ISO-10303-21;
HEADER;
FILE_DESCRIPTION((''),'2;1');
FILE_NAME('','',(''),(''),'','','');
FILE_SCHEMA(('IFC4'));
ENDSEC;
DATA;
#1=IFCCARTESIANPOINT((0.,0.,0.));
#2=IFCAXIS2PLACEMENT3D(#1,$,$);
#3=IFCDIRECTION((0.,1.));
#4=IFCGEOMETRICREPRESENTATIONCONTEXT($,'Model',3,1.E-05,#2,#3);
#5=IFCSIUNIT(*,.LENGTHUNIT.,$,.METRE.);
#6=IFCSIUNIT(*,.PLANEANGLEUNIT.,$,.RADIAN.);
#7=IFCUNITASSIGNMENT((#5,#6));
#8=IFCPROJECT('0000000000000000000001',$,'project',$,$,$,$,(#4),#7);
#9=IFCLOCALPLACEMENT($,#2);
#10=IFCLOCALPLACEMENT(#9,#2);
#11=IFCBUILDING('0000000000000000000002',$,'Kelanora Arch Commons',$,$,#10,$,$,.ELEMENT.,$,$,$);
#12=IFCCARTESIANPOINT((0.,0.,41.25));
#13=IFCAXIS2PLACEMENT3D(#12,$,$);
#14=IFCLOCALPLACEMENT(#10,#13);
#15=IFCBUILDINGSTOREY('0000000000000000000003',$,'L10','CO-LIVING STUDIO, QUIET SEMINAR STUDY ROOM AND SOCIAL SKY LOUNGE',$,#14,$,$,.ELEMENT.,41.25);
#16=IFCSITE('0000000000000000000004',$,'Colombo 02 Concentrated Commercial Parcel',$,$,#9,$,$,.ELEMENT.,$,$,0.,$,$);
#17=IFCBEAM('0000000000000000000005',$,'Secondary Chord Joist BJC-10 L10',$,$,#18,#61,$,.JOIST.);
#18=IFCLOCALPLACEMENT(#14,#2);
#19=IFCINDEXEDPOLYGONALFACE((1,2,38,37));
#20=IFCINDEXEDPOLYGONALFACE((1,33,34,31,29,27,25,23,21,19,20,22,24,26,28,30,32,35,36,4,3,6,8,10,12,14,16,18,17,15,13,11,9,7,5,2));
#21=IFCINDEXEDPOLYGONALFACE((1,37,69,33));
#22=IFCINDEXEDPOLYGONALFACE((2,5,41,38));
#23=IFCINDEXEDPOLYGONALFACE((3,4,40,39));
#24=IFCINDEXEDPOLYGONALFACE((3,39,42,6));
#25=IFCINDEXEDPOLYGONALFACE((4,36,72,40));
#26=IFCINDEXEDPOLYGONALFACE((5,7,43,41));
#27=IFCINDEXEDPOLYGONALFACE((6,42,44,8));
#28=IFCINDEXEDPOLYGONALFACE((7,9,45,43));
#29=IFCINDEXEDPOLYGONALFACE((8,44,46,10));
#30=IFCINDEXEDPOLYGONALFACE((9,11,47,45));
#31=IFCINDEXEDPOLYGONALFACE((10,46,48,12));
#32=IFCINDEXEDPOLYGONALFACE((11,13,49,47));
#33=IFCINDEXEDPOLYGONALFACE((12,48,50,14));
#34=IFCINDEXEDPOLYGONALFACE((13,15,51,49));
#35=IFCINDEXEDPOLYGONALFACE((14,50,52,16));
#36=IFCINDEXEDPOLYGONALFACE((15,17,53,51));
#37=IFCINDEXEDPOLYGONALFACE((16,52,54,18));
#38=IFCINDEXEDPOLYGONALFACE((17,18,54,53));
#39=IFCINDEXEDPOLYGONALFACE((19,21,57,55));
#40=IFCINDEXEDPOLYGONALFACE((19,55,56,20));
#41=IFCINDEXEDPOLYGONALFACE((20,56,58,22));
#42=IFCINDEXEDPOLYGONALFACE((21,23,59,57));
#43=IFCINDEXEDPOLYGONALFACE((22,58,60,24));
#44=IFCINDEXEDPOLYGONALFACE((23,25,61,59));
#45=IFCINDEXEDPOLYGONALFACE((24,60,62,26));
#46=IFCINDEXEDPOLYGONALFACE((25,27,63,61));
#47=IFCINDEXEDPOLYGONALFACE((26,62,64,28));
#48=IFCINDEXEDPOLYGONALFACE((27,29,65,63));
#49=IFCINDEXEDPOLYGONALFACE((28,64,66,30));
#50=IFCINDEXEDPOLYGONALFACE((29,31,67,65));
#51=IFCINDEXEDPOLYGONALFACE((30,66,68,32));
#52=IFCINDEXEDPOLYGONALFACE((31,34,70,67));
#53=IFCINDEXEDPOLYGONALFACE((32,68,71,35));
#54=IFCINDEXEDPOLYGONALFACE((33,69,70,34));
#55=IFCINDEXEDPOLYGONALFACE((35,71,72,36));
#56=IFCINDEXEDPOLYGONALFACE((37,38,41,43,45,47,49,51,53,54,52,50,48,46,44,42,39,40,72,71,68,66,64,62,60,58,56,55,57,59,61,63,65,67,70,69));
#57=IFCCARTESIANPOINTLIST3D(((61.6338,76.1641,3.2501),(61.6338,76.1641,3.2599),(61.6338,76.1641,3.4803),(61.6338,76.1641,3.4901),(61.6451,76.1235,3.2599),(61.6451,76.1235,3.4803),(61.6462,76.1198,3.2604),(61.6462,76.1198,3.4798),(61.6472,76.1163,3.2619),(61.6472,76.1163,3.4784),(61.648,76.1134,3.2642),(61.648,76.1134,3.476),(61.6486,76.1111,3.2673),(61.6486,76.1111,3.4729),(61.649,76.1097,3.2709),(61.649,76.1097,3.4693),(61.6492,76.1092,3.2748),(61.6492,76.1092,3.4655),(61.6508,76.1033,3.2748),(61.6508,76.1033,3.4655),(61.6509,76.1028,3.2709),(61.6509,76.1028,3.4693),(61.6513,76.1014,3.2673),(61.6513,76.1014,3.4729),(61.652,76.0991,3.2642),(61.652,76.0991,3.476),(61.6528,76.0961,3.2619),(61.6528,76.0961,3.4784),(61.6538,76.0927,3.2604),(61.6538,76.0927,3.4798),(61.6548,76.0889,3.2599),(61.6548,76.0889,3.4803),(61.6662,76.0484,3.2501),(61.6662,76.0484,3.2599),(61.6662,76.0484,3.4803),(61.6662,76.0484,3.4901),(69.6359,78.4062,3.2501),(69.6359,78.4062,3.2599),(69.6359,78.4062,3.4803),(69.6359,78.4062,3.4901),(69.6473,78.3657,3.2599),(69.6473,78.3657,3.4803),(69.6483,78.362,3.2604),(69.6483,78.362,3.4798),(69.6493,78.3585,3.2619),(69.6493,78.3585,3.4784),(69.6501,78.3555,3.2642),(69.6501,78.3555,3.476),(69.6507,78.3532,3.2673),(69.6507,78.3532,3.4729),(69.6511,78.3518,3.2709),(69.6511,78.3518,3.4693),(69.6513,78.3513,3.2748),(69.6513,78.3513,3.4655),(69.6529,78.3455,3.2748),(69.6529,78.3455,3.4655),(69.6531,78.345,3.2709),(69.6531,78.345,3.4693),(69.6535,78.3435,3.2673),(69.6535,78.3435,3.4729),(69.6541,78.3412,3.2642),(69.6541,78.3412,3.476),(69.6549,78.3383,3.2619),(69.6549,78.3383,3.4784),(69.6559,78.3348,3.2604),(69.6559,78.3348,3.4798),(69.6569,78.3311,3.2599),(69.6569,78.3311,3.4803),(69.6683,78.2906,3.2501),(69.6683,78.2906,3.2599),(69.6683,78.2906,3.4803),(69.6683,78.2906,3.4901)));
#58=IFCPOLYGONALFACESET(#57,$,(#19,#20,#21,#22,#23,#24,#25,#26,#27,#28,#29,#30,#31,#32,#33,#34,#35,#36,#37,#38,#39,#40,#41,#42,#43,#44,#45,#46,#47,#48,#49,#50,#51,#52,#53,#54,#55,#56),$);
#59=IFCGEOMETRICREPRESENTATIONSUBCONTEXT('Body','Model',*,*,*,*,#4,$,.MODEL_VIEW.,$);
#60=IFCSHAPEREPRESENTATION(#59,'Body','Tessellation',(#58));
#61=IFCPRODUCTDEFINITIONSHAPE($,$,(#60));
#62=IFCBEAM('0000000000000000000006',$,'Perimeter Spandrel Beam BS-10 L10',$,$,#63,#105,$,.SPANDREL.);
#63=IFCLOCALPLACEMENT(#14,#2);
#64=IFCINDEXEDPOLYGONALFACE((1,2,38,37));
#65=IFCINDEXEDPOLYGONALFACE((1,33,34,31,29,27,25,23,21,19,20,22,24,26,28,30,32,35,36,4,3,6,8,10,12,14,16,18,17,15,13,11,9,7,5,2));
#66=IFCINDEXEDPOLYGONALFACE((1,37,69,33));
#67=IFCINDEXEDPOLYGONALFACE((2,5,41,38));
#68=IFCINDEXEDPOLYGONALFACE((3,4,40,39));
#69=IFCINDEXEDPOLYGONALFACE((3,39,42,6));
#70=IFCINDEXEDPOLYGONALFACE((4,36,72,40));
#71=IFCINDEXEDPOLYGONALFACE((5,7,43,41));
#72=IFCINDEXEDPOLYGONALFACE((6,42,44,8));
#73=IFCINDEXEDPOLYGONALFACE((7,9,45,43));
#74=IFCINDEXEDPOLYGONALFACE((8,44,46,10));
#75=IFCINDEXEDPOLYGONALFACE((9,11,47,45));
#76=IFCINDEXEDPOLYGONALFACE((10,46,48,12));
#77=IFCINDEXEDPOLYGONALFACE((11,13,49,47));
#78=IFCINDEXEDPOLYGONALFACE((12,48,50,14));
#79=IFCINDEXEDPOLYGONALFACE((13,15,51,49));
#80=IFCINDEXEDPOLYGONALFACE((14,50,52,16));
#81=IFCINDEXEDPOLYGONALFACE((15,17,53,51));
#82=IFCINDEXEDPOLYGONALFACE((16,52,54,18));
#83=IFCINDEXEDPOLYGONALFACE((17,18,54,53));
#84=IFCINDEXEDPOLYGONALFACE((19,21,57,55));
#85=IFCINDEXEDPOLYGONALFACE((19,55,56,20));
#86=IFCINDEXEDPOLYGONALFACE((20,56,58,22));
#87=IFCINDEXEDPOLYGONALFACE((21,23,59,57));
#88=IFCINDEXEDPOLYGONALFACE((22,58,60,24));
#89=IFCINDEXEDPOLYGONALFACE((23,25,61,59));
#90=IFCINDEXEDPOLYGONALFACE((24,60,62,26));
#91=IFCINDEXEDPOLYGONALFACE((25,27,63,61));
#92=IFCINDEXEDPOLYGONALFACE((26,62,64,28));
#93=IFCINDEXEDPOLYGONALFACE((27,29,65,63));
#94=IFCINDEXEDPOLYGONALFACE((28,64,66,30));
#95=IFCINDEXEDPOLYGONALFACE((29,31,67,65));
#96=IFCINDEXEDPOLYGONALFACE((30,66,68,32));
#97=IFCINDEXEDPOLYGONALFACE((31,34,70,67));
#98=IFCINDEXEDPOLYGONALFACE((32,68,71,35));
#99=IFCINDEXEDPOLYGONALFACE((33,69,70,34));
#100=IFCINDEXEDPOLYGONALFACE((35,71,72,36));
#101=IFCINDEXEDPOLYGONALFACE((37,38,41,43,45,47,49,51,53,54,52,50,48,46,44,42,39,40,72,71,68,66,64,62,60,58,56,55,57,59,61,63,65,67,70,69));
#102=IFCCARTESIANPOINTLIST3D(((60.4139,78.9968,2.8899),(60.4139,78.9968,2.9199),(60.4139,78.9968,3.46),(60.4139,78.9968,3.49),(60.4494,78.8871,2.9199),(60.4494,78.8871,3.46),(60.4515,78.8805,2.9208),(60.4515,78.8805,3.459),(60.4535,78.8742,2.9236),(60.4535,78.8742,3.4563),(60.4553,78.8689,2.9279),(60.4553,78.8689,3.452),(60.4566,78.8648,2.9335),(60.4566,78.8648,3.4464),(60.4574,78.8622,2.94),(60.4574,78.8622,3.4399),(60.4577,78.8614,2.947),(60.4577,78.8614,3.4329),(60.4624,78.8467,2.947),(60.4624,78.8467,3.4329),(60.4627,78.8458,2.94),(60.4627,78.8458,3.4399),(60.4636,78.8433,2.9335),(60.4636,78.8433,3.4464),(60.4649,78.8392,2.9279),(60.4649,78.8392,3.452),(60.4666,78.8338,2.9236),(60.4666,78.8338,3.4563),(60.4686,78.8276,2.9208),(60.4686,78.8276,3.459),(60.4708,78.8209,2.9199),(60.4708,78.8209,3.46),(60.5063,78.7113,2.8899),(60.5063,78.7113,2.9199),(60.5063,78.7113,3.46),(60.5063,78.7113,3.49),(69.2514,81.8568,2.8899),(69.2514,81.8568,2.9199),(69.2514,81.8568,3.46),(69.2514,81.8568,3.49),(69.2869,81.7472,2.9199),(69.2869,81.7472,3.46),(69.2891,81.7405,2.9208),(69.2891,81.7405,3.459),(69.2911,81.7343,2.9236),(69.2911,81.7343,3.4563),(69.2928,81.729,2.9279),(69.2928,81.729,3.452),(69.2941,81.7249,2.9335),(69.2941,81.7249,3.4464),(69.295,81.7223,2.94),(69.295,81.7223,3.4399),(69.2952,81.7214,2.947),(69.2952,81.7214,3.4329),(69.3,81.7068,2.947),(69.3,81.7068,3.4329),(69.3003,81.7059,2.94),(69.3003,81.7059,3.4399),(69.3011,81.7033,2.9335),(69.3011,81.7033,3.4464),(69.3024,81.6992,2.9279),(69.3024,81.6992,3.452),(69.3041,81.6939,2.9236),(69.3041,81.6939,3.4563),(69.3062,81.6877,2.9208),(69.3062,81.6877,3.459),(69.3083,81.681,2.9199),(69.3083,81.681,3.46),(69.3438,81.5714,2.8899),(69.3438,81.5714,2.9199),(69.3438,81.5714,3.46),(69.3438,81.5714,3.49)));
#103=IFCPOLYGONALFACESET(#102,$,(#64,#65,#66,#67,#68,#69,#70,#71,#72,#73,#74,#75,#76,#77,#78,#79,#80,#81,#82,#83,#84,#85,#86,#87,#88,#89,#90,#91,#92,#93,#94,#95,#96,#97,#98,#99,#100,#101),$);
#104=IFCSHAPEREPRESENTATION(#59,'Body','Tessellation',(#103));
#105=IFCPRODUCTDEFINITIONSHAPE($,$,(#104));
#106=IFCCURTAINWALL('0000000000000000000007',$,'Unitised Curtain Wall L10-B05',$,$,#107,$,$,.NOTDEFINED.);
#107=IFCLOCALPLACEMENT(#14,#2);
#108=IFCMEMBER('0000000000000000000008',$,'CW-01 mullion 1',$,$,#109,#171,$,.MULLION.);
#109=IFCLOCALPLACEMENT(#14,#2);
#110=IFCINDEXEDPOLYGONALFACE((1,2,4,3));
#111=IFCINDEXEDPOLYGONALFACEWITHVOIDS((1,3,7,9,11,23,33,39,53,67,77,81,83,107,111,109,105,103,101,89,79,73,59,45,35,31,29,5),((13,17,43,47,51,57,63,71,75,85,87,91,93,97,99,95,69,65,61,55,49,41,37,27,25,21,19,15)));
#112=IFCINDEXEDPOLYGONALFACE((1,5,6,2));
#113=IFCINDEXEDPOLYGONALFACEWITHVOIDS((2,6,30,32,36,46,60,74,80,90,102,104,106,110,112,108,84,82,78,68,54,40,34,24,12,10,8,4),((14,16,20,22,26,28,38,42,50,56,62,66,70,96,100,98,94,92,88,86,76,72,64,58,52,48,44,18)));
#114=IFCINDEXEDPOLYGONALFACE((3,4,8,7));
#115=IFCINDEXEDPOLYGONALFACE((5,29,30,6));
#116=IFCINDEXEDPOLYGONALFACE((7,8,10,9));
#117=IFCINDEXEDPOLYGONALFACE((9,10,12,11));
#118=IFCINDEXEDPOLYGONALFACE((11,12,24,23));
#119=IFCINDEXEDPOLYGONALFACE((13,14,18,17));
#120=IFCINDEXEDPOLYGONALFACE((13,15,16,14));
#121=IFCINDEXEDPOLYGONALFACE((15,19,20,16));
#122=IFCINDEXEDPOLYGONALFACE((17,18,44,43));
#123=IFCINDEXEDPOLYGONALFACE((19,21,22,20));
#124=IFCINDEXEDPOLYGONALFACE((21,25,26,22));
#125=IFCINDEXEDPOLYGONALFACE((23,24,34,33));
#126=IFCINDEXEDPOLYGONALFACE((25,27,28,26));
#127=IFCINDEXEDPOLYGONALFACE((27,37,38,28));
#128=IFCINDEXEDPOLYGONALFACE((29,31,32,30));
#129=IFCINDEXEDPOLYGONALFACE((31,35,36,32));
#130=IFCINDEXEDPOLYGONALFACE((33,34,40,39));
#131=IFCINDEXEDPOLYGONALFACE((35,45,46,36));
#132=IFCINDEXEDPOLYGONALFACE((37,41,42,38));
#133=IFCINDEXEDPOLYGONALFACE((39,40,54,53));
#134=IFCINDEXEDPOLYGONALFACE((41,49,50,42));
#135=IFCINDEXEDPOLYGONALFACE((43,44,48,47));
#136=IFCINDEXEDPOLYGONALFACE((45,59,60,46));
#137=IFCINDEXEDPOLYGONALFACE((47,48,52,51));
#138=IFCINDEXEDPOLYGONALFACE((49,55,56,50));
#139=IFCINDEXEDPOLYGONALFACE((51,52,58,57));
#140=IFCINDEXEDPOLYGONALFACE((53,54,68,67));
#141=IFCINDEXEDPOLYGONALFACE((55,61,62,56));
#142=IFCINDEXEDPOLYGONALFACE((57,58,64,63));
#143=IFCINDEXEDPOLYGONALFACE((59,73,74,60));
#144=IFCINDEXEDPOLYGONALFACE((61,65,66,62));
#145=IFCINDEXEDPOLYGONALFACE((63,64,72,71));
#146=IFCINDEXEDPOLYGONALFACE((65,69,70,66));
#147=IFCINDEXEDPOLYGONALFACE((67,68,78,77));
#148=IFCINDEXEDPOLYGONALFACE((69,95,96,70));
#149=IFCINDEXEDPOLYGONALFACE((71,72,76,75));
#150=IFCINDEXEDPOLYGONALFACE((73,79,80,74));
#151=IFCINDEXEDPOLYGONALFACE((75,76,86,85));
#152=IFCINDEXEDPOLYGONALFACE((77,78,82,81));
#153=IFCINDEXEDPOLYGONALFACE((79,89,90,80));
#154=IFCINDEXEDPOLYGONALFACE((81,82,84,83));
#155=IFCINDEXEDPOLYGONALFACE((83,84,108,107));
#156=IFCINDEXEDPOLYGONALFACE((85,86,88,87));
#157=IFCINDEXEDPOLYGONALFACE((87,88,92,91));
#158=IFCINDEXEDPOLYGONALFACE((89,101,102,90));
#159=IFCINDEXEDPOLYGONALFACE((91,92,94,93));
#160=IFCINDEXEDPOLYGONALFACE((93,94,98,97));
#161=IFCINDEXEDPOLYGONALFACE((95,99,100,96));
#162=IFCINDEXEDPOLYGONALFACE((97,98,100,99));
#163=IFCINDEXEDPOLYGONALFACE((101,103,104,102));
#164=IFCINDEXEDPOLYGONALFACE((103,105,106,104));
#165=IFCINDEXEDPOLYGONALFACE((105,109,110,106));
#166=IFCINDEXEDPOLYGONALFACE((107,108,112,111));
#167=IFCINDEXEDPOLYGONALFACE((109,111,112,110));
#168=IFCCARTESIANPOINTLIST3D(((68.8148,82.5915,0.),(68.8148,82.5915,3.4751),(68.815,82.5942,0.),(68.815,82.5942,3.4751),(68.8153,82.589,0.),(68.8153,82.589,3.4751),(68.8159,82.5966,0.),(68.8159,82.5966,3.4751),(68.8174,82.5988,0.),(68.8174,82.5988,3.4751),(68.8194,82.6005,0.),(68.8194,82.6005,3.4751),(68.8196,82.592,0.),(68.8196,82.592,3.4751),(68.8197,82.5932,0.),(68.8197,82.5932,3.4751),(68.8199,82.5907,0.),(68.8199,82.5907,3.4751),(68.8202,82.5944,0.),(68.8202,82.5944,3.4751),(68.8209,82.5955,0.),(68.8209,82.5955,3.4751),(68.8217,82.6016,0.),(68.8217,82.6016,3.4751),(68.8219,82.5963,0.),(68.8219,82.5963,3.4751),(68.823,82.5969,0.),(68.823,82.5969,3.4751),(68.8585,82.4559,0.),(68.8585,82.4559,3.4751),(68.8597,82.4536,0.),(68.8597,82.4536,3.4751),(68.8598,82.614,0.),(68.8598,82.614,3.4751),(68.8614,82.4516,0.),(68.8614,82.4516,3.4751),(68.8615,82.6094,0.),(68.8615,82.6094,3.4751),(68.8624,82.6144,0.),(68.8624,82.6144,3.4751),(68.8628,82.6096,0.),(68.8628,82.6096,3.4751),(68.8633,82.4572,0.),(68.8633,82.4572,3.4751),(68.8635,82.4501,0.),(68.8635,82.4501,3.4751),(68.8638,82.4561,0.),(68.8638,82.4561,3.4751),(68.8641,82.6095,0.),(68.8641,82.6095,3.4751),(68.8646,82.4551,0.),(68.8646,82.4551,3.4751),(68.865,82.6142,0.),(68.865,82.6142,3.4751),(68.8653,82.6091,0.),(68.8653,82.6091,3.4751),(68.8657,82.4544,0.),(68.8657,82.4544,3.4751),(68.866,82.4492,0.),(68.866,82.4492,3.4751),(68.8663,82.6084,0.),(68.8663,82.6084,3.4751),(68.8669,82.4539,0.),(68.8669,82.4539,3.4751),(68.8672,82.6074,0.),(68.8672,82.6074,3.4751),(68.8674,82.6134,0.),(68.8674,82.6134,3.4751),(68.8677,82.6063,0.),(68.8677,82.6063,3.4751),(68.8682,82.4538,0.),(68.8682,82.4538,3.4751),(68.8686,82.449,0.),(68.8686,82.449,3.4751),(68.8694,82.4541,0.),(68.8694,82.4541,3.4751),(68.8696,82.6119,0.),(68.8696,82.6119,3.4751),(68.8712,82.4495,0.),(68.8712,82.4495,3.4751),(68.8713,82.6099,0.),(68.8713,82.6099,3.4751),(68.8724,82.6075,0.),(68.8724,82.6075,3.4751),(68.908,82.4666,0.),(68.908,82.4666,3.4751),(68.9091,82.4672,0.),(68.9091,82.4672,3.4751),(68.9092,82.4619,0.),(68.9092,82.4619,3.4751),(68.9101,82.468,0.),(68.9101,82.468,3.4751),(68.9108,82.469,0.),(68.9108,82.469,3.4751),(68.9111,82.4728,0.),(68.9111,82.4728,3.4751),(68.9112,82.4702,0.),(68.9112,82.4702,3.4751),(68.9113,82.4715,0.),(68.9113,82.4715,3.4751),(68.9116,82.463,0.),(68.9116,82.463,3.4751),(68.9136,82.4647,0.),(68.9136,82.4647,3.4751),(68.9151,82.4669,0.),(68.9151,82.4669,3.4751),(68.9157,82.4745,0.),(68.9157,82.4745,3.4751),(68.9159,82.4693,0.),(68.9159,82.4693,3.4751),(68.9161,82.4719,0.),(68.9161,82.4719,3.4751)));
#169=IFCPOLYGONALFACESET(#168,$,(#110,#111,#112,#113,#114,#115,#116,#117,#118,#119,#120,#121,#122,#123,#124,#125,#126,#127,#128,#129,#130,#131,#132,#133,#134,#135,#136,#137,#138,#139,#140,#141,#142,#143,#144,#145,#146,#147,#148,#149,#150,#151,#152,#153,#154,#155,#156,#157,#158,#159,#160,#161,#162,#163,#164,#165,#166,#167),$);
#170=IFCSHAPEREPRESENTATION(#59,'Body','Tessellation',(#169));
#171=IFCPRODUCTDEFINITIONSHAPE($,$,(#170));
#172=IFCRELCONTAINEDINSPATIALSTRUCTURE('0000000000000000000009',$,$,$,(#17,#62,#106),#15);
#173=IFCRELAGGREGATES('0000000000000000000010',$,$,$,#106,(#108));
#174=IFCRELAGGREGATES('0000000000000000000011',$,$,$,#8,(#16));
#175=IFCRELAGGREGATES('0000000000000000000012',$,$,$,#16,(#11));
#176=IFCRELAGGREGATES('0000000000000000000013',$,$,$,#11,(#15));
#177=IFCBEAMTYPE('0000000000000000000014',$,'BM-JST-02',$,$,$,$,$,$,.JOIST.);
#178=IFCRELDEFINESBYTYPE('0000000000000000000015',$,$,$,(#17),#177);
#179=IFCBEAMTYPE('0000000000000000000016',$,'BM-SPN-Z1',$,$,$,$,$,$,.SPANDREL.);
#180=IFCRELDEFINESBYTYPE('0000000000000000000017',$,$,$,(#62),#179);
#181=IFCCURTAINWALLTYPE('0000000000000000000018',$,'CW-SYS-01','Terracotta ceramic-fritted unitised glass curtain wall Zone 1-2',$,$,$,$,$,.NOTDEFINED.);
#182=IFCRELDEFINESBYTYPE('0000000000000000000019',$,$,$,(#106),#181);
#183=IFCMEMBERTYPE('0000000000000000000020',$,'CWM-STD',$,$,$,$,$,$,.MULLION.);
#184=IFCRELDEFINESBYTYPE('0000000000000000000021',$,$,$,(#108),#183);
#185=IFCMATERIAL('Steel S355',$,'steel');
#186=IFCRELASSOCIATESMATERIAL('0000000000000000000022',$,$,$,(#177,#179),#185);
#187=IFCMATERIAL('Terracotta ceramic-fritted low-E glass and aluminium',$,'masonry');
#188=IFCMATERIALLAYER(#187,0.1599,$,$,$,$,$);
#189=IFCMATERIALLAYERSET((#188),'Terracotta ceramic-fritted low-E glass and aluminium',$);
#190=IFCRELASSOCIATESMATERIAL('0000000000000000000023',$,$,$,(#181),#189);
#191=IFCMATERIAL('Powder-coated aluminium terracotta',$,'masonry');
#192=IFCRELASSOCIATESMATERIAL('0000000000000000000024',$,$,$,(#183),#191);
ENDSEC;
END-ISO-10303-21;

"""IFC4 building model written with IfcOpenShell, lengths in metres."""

from ifc_helpers import new_model, si_unit, direction, frame, origin, origin_2d, place, context, subcontext, project, spatial, hollow_rectangle, i_section, extrude, material, layer, layer_set, material_profile, profile_set, type_object, element, aggregate, save


model = new_model("IFC4")

# Units and contexts
model_context = context("Model", 3, precision=1e-05, world=origin(), true_north=direction((0.0, 1.0)))
body_context = subcontext(model_context, "Body", "Model", "MODEL_VIEW")
ifc_project = project(units=[si_unit("LENGTHUNIT", "METRE"), si_unit("PLANEANGLEUNIT", "RADIAN")], contexts=[model_context])

# Site, building, storey
site_placement = place(None, origin())
site = spatial("IfcSite", under=ifc_project, at=site_placement, Name="Colombo 02 Concentrated Commercial Parcel", CompositionType="ELEMENT", RefElevation=0.0)
building_placement = place(site_placement, origin())
building = spatial("IfcBuilding", under=site, at=building_placement, Name="Kelanora Arch Commons", CompositionType="ELEMENT")
storey_placement = place(building_placement, frame((0.0, 0.0, 41.25)))
storey = spatial("IfcBuildingStorey", under=building, at=storey_placement, Name="L10", Description="CO-LIVING STUDIO, QUIET SEMINAR STUDY ROOM AND SOCIAL SKY LOUNGE", CompositionType="ELEMENT", Elevation=41.25)

# Beams
ifc_material_1 = material(Name="Steel S355", Category="steel")
ifc_material_profile_1 = material_profile(ifc_material_1, i_section(OverallWidth=0.1201, OverallDepth=0.24, WebThickness=0.0061, FlangeThickness=0.0098, FilletRadius=0.0149, at=origin_2d()), Name="IPE240")
ifc_profile_set_1 = profile_set([ifc_material_profile_1], Name="Steel S355")
beam_type_1 = type_object("IfcBeamType", Name="BM-JST-02", PredefinedType="JOIST", material=ifc_profile_set_1)
beam_1_placement = place(storey_placement, frame((69.6521, 78.3484, 3.3701), z_axis=(-0.962915, -0.269805, 0.0), x_axis=(0.269805, -0.962915, 0.0)))
element("IfcBeam", 1, at=beam_1_placement, inside=storey, type_object=beam_type_1, Name="Secondary Chord Joist BJC-10 L10", PredefinedType="JOIST", context=body_context, shape_type="SweptSolid", body=[
    extrude(i_section(OverallWidth=0.1201, OverallDepth=0.24, WebThickness=0.0061, FlangeThickness=0.0098, FilletRadius=0.0149, at=origin_2d()), origin(), (0.0, 0.0, 1.0), 8.3103),
])
ifc_material_profile_2 = material_profile(ifc_material_1, i_section(OverallWidth=0.3, OverallDepth=0.6001, WebThickness=0.0154, FlangeThickness=0.03, FilletRadius=0.0271, at=origin_2d()), Name="HEB600")
ifc_profile_set_2 = profile_set([ifc_material_profile_2], Name="Steel S355")
beam_type_2 = type_object("IfcBeamType", Name="BM-SPN-Z1", PredefinedType="SPANDREL", material=ifc_profile_set_2)
beam_2_placement = place(storey_placement, frame((69.2976, 81.7141, 3.1899), z_axis=(-0.951417, -0.307905, 0.0), x_axis=(0.307905, -0.951417, 0.0)))
element("IfcBeam", 2, at=beam_2_placement, inside=storey, type_object=beam_type_2, Name="Perimeter Spandrel Beam BS-10 L10", PredefinedType="SPANDREL", context=body_context, shape_type="SweptSolid", body=[
    extrude(i_section(OverallWidth=0.3, OverallDepth=0.6001, WebThickness=0.0154, FlangeThickness=0.03, FilletRadius=0.0271, at=origin_2d()), origin(), (0.0, 0.0, 1.0), 9.2888),
])

# Curtain wall, member
ifc_material_2 = material(Name="Terracotta ceramic-fritted low-E glass and aluminium", Category="masonry")
ifc_layer_1 = layer(ifc_material_2, 0.1599)
ifc_layer_set_1 = layer_set([ifc_layer_1], Name="Terracotta ceramic-fritted low-E glass and aluminium")
curtain_wall_type = type_object("IfcCurtainWallType", Name="CW-SYS-01", Description="Terracotta ceramic-fritted unitised glass curtain wall Zone 1-2", PredefinedType="NOTDEFINED", material=ifc_layer_set_1)
curtain_wall_placement = place(storey_placement, origin())
curtain_wall = element("IfcCurtainWall", 3, at=curtain_wall_placement, inside=storey, type_object=curtain_wall_type, Name="Unitised Curtain Wall L10-B05", PredefinedType="NOTDEFINED")
ifc_material_3 = material(Name="Powder-coated aluminium terracotta", Category="masonry")
ifc_material_profile_3 = material_profile(ifc_material_3, hollow_rectangle(XDim=0.1599, YDim=0.0601, WallThickness=0.0049, InnerFilletRadius=0.0049, OuterFilletRadius=0.01, at=origin_2d()), Name="CWM160x60")
ifc_profile_set_3 = profile_set([ifc_material_profile_3], Name="Powder-coated aluminium terracotta")
member_type_1 = type_object("IfcMemberType", Name="CWM-STD", PredefinedType="MULLION", material=ifc_profile_set_3)
member_1_placement = place(storey_placement, frame((68.8655, 82.5317, 0.0), z_axis=(0.0, 0.0, 1.0), x_axis=(0.309058, -0.951043, 0.0)))
member_1 = element("IfcMember", 4, at=member_1_placement, type_object=member_type_1, Name="CW-01 mullion 1", PredefinedType="MULLION", context=body_context, shape_type="SweptSolid", body=[
    extrude(hollow_rectangle(XDim=0.1599, YDim=0.0601, WallThickness=0.0049, InnerFilletRadius=0.0049, OuterFilletRadius=0.01, at=origin_2d()), origin(), (0.0, 0.0, 1.0), 3.4751),
])
aggregate(curtain_wall, [member_1])

save(model, "model.ifc")
